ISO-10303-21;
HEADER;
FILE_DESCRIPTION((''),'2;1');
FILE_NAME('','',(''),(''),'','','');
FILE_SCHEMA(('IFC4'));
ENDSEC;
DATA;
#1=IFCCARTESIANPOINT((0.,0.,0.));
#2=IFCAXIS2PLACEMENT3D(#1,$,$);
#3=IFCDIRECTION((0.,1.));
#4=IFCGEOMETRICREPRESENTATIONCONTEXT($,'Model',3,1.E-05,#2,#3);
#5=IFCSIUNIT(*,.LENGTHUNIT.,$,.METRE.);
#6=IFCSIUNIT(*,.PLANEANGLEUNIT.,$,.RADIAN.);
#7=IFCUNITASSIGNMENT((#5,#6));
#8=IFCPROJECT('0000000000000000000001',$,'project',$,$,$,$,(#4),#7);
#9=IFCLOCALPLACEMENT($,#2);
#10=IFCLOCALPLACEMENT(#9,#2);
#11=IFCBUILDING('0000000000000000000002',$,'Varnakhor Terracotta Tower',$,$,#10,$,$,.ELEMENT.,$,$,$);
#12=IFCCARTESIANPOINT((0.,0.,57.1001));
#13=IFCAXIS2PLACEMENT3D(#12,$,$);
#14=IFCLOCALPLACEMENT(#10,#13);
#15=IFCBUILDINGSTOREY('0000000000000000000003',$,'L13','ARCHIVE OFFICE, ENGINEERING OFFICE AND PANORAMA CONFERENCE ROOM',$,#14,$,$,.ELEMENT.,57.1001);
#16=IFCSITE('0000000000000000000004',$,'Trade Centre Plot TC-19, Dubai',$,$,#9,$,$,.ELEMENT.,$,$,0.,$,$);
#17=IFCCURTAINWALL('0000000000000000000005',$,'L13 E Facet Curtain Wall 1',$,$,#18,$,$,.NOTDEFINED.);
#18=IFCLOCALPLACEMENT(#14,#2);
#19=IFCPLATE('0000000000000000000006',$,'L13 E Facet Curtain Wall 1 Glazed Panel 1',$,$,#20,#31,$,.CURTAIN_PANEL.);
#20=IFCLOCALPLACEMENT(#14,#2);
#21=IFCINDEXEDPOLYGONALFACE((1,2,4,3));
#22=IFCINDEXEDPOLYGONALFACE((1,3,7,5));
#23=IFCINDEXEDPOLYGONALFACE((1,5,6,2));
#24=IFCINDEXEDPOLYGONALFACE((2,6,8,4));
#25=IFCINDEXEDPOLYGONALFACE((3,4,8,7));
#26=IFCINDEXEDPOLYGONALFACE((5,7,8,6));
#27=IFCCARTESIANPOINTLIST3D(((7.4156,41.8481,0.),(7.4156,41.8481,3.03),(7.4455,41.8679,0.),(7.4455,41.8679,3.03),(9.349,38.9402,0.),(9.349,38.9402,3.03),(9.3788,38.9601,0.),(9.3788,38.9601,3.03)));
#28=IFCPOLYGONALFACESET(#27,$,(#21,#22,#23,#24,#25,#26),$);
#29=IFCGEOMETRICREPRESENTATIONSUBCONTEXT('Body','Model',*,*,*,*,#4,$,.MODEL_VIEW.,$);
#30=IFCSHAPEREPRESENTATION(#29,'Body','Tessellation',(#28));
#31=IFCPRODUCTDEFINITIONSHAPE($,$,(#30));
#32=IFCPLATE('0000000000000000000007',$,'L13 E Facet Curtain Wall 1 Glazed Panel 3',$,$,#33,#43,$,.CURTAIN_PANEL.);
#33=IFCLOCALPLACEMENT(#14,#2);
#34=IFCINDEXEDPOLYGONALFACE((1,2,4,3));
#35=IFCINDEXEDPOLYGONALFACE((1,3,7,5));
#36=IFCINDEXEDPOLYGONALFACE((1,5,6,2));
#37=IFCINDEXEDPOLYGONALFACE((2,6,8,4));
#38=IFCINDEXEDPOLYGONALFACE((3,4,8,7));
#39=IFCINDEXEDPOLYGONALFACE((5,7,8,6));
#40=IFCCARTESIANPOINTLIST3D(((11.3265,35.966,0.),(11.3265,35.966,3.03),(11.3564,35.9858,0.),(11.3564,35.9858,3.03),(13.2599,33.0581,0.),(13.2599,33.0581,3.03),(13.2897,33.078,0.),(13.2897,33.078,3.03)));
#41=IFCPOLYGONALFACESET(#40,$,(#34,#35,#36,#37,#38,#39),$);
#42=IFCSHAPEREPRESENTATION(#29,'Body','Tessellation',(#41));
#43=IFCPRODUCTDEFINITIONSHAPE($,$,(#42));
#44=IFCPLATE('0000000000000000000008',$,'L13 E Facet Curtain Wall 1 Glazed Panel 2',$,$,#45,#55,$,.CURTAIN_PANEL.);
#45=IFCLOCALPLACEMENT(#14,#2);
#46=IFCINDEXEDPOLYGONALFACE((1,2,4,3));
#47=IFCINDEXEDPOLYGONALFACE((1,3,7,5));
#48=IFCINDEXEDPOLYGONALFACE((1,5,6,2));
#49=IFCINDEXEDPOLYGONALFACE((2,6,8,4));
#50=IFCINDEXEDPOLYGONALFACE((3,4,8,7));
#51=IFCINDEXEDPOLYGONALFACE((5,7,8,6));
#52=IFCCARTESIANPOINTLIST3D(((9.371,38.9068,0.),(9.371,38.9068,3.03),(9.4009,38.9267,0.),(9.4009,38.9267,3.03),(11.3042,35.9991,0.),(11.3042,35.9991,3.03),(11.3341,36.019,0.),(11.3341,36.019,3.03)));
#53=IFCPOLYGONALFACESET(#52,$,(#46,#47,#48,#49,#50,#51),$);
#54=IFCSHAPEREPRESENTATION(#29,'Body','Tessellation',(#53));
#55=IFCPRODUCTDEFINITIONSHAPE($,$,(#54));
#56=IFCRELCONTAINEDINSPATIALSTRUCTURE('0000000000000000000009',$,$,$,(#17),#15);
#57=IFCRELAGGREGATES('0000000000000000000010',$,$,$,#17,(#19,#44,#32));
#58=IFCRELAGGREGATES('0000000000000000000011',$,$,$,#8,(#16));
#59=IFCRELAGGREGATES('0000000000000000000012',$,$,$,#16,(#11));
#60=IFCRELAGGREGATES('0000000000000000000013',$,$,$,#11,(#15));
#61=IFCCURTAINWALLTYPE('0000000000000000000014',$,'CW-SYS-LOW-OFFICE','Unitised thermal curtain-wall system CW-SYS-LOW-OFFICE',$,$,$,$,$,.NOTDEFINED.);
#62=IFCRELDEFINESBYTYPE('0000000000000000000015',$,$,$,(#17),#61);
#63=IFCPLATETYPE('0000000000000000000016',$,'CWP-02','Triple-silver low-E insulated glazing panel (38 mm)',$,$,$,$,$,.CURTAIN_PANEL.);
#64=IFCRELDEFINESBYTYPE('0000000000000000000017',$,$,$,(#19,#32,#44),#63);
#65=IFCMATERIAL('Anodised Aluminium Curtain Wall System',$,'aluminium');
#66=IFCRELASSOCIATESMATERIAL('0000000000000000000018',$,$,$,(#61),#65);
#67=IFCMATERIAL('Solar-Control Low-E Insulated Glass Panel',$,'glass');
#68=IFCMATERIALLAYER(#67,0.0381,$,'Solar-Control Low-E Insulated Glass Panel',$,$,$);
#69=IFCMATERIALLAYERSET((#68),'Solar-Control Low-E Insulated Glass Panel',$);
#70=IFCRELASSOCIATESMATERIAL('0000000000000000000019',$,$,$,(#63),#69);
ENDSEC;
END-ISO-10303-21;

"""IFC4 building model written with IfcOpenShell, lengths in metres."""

from ifc_helpers import new_model, si_unit, direction, frame, origin, origin_2d, place, context, subcontext, project, spatial, rectangle, extrude, source, transform, mapped, material, layer, layer_set, type_object, element, aggregate, save


model = new_model("IFC4")

# Units and contexts
model_context = context("Model", 3, precision=1e-05, world=origin(), true_north=direction((0.0, 1.0)))
body_context = subcontext(model_context, "Body", "Model", "MODEL_VIEW")
ifc_project = project(units=[si_unit("LENGTHUNIT", "METRE"), si_unit("PLANEANGLEUNIT", "RADIAN")], contexts=[model_context])

# Site, building, storey
site_placement = place(None, origin())
site = spatial("IfcSite", under=ifc_project, at=site_placement, Name="Trade Centre Plot TC-19, Dubai", CompositionType="ELEMENT", RefElevation=0.0)
building_placement = place(site_placement, origin())
building = spatial("IfcBuilding", under=site, at=building_placement, Name="Varnakhor Terracotta Tower", CompositionType="ELEMENT")
storey_placement = place(building_placement, frame((0.0, 0.0, 57.1001)))
storey = spatial("IfcBuildingStorey", under=building, at=storey_placement, Name="L13", Description="ARCHIVE OFFICE, ENGINEERING OFFICE AND PANORAMA CONFERENCE ROOM", CompositionType="ELEMENT", Elevation=57.1001)

# Shared definitions
ifc_material_1 = material(Name="Anodised Aluminium Curtain Wall System", Category="aluminium")
curtain_wall_type = type_object("IfcCurtainWallType", Name="CW-SYS-LOW-OFFICE", Description="Unitised thermal curtain-wall system CW-SYS-LOW-OFFICE", PredefinedType="NOTDEFINED", material=ifc_material_1)

# Curtain wall
curtain_wall_1_placement = place(storey_placement, origin())
curtain_wall_1 = element("IfcCurtainWall", 1, at=curtain_wall_1_placement, inside=storey, type_object=curtain_wall_type, Name="L13 E Facet Curtain Wall 1", PredefinedType="NOTDEFINED")

# Plates
ifc_material_2 = material(Name="Solar-Control Low-E Insulated Glass Panel", Category="glass")
ifc_layer = layer(ifc_material_2, 0.0381, Name="Solar-Control Low-E Insulated Glass Panel")
ifc_layer_set = layer_set([ifc_layer], Name="Solar-Control Low-E Insulated Glass Panel")
plate_type = type_object("IfcPlateType", Name="CWP-02", Description="Triple-silver low-E insulated glazing panel (38 mm)", PredefinedType="CURTAIN_PANEL", material=ifc_layer_set)
shared_shape_1 = source(origin(), body_context, "Body", "SweptSolid", [
    extrude(rectangle(XDim=3.4919, YDim=0.0359, at=origin_2d()), origin(), (0.0, 0.0, 1.0), 3.03),
])
plate_1_placement = place(storey_placement, frame((8.3972, 40.4041, 0.0), z_axis=(0.0, 0.0, 1.0), x_axis=(0.553668, -0.832738, 0.0)))
plate_1 = element("IfcPlate", 2, at=plate_1_placement, type_object=plate_type, Name="L13 E Facet Curtain Wall 1 Glazed Panel 1", PredefinedType="CURTAIN_PANEL", context=body_context, shape_type="MappedRepresentation", body=[
    mapped(shared_shape_1, transform((0.0, 0.0, 0.0), scale=1.0)),
])
plate_2_placement = place(storey_placement, frame((12.3081, 34.522, 0.0), z_axis=(0.0, 0.0, 1.0), x_axis=(0.553668, -0.832738, 0.0)))
plate_2 = element("IfcPlate", 3, at=plate_2_placement, type_object=plate_type, Name="L13 E Facet Curtain Wall 1 Glazed Panel 3", PredefinedType="CURTAIN_PANEL", context=body_context, shape_type="MappedRepresentation", body=[
    mapped(shared_shape_1, transform((0.0, 0.0, 0.0), scale=1.0)),
])
shared_shape_2 = source(origin(), body_context, "Body", "SweptSolid", [
    extrude(rectangle(XDim=3.4917, YDim=0.0359, at=origin_2d()), origin(), (0.0, 0.0, 1.0), 3.03),
])
plate_3_placement = place(storey_placement, frame((10.3525, 37.4629, 0.0), z_axis=(0.0, 0.0, 1.0), x_axis=(0.553668, -0.832738, 0.0)))
plate_3 = element("IfcPlate", 4, at=plate_3_placement, type_object=plate_type, Name="L13 E Facet Curtain Wall 1 Glazed Panel 2", PredefinedType="CURTAIN_PANEL", context=body_context, shape_type="MappedRepresentation", body=[
    mapped(shared_shape_2, transform((0.0, 0.0, 0.0), scale=1.0)),
])
aggregate(curtain_wall_1, [plate_1, plate_3, plate_2])

save(model, "model.ifc")
